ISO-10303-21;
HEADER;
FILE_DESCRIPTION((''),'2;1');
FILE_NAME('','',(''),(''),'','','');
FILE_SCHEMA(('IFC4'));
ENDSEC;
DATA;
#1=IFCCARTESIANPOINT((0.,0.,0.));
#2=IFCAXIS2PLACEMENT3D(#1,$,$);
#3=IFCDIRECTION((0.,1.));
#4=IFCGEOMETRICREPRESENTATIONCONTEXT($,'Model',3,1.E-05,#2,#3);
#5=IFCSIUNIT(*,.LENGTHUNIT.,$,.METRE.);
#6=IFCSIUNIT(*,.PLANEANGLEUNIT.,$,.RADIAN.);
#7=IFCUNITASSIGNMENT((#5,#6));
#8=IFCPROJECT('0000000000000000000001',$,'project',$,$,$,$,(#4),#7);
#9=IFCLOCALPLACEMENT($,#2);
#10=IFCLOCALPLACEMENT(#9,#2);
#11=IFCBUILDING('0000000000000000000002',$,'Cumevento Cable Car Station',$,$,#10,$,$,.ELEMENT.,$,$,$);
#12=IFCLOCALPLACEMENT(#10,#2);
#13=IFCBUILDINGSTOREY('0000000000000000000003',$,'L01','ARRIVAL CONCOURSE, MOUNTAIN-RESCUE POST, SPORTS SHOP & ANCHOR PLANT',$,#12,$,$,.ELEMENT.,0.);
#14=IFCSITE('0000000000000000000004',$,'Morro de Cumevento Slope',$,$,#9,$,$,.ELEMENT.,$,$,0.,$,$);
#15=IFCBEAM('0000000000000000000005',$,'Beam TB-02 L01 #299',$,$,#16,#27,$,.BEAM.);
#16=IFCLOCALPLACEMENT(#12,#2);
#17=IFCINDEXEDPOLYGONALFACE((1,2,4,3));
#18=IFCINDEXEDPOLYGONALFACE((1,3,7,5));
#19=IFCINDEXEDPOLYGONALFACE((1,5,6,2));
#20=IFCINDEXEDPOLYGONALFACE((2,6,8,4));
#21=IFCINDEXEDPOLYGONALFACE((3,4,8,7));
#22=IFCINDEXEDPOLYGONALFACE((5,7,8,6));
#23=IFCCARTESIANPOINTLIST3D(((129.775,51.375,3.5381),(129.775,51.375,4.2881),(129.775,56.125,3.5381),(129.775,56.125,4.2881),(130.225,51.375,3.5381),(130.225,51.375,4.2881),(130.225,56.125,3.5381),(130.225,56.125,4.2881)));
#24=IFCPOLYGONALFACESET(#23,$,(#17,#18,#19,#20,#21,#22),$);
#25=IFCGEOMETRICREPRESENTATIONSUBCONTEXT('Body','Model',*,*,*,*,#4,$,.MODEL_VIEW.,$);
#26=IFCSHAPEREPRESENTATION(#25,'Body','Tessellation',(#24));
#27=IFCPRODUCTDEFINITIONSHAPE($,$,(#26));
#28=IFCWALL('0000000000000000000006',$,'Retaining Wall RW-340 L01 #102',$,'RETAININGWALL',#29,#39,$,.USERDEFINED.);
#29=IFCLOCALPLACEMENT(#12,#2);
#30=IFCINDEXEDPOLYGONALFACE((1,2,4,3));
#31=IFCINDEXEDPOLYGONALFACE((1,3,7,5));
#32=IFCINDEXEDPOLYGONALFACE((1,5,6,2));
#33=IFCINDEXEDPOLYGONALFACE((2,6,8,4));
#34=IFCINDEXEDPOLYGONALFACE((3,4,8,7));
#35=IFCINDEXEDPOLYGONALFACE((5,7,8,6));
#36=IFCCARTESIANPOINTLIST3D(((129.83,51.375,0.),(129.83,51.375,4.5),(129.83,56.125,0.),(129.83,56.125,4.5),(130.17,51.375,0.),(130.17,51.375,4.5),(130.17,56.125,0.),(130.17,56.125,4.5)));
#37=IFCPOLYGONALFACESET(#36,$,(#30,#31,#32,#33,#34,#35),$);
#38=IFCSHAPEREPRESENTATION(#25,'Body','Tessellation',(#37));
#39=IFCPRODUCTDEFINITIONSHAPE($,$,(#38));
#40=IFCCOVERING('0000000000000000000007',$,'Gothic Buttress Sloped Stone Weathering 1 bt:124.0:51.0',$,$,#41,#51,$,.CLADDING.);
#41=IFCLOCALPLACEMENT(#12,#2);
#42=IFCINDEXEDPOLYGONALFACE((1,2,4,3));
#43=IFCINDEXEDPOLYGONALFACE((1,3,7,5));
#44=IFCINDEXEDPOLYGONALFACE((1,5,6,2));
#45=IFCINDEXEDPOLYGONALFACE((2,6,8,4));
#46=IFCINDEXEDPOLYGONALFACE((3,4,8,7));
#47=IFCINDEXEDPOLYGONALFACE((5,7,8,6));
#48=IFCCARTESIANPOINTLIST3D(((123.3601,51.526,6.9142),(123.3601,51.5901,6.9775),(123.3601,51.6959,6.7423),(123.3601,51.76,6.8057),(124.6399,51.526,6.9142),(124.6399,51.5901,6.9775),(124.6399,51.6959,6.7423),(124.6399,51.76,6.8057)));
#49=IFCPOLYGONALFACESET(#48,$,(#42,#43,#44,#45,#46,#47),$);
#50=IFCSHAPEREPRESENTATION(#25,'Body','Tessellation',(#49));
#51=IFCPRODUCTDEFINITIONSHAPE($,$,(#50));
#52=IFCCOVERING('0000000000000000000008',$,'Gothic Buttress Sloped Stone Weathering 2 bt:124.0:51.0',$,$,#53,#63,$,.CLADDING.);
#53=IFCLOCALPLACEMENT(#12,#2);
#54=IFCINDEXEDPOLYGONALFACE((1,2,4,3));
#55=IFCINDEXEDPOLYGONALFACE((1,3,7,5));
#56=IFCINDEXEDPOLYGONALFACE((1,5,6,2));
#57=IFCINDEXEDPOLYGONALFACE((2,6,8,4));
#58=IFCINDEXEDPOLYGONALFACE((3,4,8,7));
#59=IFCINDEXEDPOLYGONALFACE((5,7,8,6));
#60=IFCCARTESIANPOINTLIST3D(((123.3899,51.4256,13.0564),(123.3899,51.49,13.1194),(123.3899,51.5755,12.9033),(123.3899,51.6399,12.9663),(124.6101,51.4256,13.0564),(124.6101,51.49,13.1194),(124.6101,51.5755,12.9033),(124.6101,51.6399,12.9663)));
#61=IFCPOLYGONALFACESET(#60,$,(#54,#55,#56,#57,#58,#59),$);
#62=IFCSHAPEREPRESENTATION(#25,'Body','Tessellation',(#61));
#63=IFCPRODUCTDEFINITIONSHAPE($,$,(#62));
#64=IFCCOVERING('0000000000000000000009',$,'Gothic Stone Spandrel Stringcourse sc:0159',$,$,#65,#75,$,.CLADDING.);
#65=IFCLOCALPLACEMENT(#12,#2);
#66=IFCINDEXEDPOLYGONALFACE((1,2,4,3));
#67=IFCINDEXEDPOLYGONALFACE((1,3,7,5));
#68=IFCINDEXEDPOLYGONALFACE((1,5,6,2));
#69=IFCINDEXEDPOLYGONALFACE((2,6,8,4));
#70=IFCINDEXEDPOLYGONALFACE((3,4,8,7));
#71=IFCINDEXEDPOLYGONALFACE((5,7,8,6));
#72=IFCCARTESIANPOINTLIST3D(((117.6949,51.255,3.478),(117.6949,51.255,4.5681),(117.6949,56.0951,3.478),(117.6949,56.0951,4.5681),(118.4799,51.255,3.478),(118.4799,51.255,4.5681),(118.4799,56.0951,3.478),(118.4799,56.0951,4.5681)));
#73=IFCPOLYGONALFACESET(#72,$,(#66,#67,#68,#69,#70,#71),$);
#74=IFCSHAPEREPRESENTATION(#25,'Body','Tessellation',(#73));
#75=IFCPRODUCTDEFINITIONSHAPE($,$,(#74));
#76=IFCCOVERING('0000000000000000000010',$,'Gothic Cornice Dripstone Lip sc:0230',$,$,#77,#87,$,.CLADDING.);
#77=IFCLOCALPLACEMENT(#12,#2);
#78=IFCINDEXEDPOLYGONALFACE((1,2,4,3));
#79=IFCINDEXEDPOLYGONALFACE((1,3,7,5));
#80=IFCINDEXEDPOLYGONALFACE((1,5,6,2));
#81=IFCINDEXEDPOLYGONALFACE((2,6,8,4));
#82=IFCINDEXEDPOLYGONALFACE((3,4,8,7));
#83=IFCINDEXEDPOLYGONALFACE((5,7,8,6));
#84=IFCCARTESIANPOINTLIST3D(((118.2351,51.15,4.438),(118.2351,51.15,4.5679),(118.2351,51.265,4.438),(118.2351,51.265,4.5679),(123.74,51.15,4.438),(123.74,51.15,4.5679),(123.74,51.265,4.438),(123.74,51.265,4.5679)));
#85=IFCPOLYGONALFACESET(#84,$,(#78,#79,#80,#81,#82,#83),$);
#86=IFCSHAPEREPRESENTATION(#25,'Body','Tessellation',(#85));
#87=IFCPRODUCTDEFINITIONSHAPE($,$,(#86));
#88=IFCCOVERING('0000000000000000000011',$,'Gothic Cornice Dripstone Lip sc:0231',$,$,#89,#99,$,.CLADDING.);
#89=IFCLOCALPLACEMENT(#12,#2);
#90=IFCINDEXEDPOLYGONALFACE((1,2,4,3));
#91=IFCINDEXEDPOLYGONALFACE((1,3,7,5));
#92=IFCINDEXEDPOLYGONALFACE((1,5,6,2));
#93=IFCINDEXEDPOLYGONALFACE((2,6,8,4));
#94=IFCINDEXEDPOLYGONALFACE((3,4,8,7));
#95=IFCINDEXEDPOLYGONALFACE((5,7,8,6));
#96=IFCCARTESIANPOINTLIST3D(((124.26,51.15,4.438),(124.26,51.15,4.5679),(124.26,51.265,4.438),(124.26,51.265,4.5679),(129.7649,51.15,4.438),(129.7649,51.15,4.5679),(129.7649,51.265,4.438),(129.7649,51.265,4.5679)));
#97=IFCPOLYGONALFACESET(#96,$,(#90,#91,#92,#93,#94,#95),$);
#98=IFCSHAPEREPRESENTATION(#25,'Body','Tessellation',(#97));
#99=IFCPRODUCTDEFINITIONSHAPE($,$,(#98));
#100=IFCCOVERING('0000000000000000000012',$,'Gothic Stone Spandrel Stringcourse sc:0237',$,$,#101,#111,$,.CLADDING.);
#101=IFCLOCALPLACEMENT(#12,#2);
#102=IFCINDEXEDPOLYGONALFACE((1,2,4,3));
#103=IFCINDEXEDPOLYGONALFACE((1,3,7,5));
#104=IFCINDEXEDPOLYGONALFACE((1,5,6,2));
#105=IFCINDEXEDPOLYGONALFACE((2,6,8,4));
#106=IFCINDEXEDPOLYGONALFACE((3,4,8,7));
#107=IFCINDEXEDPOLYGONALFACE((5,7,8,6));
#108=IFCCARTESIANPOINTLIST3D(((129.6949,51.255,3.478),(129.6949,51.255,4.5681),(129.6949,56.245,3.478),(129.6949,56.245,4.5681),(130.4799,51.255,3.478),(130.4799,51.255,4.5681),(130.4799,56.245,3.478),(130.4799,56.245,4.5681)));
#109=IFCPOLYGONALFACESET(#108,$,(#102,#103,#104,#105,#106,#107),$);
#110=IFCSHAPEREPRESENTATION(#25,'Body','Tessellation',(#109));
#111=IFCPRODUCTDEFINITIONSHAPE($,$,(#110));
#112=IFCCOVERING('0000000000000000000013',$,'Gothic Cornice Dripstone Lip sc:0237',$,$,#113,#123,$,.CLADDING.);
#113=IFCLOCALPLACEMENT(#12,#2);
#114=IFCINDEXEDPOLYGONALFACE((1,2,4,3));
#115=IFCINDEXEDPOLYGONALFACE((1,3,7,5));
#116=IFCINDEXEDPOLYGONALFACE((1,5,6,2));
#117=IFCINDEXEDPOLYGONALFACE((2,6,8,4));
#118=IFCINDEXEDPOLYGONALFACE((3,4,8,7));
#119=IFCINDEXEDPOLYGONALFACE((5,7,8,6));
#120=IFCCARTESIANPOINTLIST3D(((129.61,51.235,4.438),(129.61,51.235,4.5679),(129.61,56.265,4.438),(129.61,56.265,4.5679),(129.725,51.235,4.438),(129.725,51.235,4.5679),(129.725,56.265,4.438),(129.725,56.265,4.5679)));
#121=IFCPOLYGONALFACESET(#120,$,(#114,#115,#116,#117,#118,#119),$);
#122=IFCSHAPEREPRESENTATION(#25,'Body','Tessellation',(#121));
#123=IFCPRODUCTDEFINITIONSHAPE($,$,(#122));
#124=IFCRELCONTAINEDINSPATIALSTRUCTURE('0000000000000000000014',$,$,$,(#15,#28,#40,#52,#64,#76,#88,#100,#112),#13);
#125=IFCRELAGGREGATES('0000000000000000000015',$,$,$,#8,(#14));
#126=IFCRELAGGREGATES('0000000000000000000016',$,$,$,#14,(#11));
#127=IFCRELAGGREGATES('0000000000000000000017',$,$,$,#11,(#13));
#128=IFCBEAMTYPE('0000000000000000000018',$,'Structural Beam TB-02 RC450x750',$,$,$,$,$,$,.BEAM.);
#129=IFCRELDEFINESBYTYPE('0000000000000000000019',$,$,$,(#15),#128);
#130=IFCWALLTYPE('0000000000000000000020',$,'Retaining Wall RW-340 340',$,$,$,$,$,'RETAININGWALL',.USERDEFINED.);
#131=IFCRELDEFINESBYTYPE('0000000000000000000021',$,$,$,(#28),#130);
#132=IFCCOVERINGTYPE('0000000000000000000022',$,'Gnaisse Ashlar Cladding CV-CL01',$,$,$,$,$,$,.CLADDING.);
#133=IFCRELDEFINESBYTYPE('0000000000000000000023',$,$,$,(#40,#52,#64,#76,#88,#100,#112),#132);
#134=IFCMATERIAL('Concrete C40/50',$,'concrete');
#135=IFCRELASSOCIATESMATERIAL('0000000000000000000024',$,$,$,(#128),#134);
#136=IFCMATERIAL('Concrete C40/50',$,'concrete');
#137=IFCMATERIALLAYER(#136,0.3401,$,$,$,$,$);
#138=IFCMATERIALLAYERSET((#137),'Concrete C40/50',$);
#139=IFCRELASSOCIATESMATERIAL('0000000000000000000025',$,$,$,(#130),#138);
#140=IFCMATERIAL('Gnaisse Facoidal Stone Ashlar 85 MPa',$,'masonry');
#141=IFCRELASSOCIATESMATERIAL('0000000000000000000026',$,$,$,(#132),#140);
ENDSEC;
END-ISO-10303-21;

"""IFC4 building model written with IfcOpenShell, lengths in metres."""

from ifc_helpers import new_model, si_unit, direction, frame, frame_2d, origin, origin_2d, place, context, subcontext, project, spatial, polyline, rectangle, outline, extrude, material, layer, layer_set, material_profile, profile_set, type_object, element, save


model = new_model("IFC4")

# Units and contexts
model_context = context("Model", 3, precision=1e-05, world=origin(), true_north=direction((0.0, 1.0)))
body_context = subcontext(model_context, "Body", "Model", "MODEL_VIEW")
ifc_project = project(units=[si_unit("LENGTHUNIT", "METRE"), si_unit("PLANEANGLEUNIT", "RADIAN")], contexts=[model_context])

# Site, building, storey
site_placement = place(None, origin())
site = spatial("IfcSite", under=ifc_project, at=site_placement, Name="Morro de Cumevento Slope", CompositionType="ELEMENT", RefElevation=0.0)
building_placement = place(site_placement, origin())
building = spatial("IfcBuilding", under=site, at=building_placement, Name="Cumevento Cable Car Station", CompositionType="ELEMENT")
storey_placement = place(building_placement, origin())
storey = spatial("IfcBuildingStorey", under=building, at=storey_placement, Name="L01", Description="ARRIVAL CONCOURSE, MOUNTAIN-RESCUE POST, SPORTS SHOP & ANCHOR PLANT", CompositionType="ELEMENT", Elevation=0.0)

# Beam
ifc_material_1 = material(Name="Concrete C40/50", Category="concrete")
ifc_material_profile_1 = material_profile(ifc_material_1, rectangle(XDim=0.45, YDim=0.75, at=origin_2d()), Name="RC450x750")
ifc_profile_set_1 = profile_set([ifc_material_profile_1], Name="Concrete C40/50")
beam_type = type_object("IfcBeamType", Name="Structural Beam TB-02 RC450x750", PredefinedType="BEAM", material=ifc_profile_set_1)
beam_placement = place(storey_placement, frame((130.0, 51.375, 3.9131), z_axis=(0.0, 1.0, 0.0), x_axis=(-1.0, 0.0, 0.0)))
element("IfcBeam", 1, at=beam_placement, inside=storey, type_object=beam_type, Name="Beam TB-02 L01 #299", PredefinedType="BEAM", context=body_context, shape_type="SweptSolid", body=[
    extrude(rectangle(XDim=0.45, YDim=0.75, at=origin_2d()), origin(), (0.0, 0.0, 1.0), 4.75),
])

# Wall
ifc_material_2 = material(Name="Concrete C40/50", Category="concrete")
ifc_layer = layer(ifc_material_2, 0.3401)
ifc_layer_set = layer_set([ifc_layer], Name="Concrete C40/50")
wall_type = type_object("IfcWallType", Name="Retaining Wall RW-340 340", ElementType="RETAININGWALL", PredefinedType="USERDEFINED", material=ifc_layer_set)
wall_placement = place(storey_placement, frame((130.0, 51.375, 0.0), z_axis=(0.0, 0.0, 1.0), x_axis=(0.0, 1.0, 0.0)))
element("IfcWall", 2, at=wall_placement, inside=storey, type_object=wall_type, Name="Retaining Wall RW-340 L01 #102", ObjectType="RETAININGWALL", PredefinedType="USERDEFINED", context=body_context, shape_type="SweptSolid", body=[
    extrude(rectangle(XDim=4.75, YDim=0.3401, at=frame_2d((2.375, 0.0))), origin(), (0.0, 0.0, 1.0), 4.5),
])

# Coverings
ifc_material_3 = material(Name="Gnaisse Facoidal Stone Ashlar 85 MPa", Category="masonry")
covering_type = type_object("IfcCoveringType", Name="Gnaisse Ashlar Cladding CV-CL01", PredefinedType="CLADDING", material=ifc_material_3)
covering_1_placement = place(storey_placement, frame((124.6399, 51.76, 6.8057), z_axis=(0.0, 0.711136, 0.703055), x_axis=(-1.0, 0.0, 0.0)))
element("IfcCovering", 3, at=covering_1_placement, inside=storey, type_object=covering_type, Name="Gothic Buttress Sloped Stone Weathering 1 bt:124.0:51.0", PredefinedType="CLADDING", context=body_context, shape_type="SweptSolid", body=[
    extrude(outline(polyline([(0.0, 0.0), (1.2798, 0.0), (1.2798, 0.2417), (0.0, 0.2417), (0.0, 0.0)])), origin(), (0.0, 0.0, -1.0), 0.0901),
])
covering_2_placement = place(storey_placement, frame((124.6101, 51.6399, 12.9663), z_axis=(0.0, 0.714475, 0.699661), x_axis=(-1.0, 0.0, 0.0)))
element("IfcCovering", 4, at=covering_2_placement, inside=storey, type_object=covering_type, Name="Gothic Buttress Sloped Stone Weathering 2 bt:124.0:51.0", PredefinedType="CLADDING", context=body_context, shape_type="SweptSolid", body=[
    extrude(outline(polyline([(0.0, 0.0), (1.2202, 0.0), (1.2202, 0.2142), (0.0, 0.2142), (0.0, 0.0)])), origin(), (0.0, 0.0, -1.0), 0.0901),
])
covering_3_placement = place(storey_placement, frame((118.0874, 53.675, 3.478), z_axis=(0.0, 0.0, 1.0), x_axis=(0.0, 1.0, 0.0)))
element("IfcCovering", 5, at=covering_3_placement, inside=storey, type_object=covering_type, Name="Gothic Stone Spandrel Stringcourse sc:0159", PredefinedType="CLADDING", context=body_context, shape_type="SweptSolid", body=[
    extrude(rectangle(XDim=4.8401, YDim=0.7849, at=origin_2d()), origin(), (0.0, 0.0, 1.0), 1.0901),
])
for number, where, z_axis, x_axis, name in (
    (6, (120.9875, 51.2075, 4.438), (0.0, 0.0, 1.0), (1.0, 0.0, 0.0), "Gothic Cornice Dripstone Lip sc:0230"),
    (7, (127.0125, 51.2075, 4.438), (0.0, 0.0, 1.0), (1.0, 0.0, 0.0), "Gothic Cornice Dripstone Lip sc:0231"),
):
    element("IfcCovering", number, at=place(storey_placement, frame(where, z_axis=z_axis, x_axis=x_axis)), inside=storey, type_object=covering_type, Name=name, PredefinedType="CLADDING", context=body_context, shape_type="SweptSolid", body=[
        extrude(rectangle(XDim=5.5049, YDim=0.115, at=origin_2d()), origin(), (0.0, 0.0, 1.0), 0.1299),
    ])
covering_4_placement = place(storey_placement, frame((130.0874, 53.75, 3.478), z_axis=(0.0, 0.0, 1.0), x_axis=(0.0, 1.0, 0.0)))
element("IfcCovering", 8, at=covering_4_placement, inside=storey, type_object=covering_type, Name="Gothic Stone Spandrel Stringcourse sc:0237", PredefinedType="CLADDING", context=body_context, shape_type="SweptSolid", body=[
    extrude(rectangle(XDim=4.99, YDim=0.7849, at=origin_2d()), origin(), (0.0, 0.0, 1.0), 1.0901),
])
covering_5_placement = place(storey_placement, frame((129.6675, 53.75, 4.438), z_axis=(0.0, 0.0, 1.0), x_axis=(0.0, 1.0, 0.0)))
element("IfcCovering", 9, at=covering_5_placement, inside=storey, type_object=covering_type, Name="Gothic Cornice Dripstone Lip sc:0237", PredefinedType="CLADDING", context=body_context, shape_type="SweptSolid", body=[
    extrude(rectangle(XDim=5.03, YDim=0.115, at=origin_2d()), origin(), (0.0, 0.0, 1.0), 0.1299),
])

save(model, "model.ifc")
